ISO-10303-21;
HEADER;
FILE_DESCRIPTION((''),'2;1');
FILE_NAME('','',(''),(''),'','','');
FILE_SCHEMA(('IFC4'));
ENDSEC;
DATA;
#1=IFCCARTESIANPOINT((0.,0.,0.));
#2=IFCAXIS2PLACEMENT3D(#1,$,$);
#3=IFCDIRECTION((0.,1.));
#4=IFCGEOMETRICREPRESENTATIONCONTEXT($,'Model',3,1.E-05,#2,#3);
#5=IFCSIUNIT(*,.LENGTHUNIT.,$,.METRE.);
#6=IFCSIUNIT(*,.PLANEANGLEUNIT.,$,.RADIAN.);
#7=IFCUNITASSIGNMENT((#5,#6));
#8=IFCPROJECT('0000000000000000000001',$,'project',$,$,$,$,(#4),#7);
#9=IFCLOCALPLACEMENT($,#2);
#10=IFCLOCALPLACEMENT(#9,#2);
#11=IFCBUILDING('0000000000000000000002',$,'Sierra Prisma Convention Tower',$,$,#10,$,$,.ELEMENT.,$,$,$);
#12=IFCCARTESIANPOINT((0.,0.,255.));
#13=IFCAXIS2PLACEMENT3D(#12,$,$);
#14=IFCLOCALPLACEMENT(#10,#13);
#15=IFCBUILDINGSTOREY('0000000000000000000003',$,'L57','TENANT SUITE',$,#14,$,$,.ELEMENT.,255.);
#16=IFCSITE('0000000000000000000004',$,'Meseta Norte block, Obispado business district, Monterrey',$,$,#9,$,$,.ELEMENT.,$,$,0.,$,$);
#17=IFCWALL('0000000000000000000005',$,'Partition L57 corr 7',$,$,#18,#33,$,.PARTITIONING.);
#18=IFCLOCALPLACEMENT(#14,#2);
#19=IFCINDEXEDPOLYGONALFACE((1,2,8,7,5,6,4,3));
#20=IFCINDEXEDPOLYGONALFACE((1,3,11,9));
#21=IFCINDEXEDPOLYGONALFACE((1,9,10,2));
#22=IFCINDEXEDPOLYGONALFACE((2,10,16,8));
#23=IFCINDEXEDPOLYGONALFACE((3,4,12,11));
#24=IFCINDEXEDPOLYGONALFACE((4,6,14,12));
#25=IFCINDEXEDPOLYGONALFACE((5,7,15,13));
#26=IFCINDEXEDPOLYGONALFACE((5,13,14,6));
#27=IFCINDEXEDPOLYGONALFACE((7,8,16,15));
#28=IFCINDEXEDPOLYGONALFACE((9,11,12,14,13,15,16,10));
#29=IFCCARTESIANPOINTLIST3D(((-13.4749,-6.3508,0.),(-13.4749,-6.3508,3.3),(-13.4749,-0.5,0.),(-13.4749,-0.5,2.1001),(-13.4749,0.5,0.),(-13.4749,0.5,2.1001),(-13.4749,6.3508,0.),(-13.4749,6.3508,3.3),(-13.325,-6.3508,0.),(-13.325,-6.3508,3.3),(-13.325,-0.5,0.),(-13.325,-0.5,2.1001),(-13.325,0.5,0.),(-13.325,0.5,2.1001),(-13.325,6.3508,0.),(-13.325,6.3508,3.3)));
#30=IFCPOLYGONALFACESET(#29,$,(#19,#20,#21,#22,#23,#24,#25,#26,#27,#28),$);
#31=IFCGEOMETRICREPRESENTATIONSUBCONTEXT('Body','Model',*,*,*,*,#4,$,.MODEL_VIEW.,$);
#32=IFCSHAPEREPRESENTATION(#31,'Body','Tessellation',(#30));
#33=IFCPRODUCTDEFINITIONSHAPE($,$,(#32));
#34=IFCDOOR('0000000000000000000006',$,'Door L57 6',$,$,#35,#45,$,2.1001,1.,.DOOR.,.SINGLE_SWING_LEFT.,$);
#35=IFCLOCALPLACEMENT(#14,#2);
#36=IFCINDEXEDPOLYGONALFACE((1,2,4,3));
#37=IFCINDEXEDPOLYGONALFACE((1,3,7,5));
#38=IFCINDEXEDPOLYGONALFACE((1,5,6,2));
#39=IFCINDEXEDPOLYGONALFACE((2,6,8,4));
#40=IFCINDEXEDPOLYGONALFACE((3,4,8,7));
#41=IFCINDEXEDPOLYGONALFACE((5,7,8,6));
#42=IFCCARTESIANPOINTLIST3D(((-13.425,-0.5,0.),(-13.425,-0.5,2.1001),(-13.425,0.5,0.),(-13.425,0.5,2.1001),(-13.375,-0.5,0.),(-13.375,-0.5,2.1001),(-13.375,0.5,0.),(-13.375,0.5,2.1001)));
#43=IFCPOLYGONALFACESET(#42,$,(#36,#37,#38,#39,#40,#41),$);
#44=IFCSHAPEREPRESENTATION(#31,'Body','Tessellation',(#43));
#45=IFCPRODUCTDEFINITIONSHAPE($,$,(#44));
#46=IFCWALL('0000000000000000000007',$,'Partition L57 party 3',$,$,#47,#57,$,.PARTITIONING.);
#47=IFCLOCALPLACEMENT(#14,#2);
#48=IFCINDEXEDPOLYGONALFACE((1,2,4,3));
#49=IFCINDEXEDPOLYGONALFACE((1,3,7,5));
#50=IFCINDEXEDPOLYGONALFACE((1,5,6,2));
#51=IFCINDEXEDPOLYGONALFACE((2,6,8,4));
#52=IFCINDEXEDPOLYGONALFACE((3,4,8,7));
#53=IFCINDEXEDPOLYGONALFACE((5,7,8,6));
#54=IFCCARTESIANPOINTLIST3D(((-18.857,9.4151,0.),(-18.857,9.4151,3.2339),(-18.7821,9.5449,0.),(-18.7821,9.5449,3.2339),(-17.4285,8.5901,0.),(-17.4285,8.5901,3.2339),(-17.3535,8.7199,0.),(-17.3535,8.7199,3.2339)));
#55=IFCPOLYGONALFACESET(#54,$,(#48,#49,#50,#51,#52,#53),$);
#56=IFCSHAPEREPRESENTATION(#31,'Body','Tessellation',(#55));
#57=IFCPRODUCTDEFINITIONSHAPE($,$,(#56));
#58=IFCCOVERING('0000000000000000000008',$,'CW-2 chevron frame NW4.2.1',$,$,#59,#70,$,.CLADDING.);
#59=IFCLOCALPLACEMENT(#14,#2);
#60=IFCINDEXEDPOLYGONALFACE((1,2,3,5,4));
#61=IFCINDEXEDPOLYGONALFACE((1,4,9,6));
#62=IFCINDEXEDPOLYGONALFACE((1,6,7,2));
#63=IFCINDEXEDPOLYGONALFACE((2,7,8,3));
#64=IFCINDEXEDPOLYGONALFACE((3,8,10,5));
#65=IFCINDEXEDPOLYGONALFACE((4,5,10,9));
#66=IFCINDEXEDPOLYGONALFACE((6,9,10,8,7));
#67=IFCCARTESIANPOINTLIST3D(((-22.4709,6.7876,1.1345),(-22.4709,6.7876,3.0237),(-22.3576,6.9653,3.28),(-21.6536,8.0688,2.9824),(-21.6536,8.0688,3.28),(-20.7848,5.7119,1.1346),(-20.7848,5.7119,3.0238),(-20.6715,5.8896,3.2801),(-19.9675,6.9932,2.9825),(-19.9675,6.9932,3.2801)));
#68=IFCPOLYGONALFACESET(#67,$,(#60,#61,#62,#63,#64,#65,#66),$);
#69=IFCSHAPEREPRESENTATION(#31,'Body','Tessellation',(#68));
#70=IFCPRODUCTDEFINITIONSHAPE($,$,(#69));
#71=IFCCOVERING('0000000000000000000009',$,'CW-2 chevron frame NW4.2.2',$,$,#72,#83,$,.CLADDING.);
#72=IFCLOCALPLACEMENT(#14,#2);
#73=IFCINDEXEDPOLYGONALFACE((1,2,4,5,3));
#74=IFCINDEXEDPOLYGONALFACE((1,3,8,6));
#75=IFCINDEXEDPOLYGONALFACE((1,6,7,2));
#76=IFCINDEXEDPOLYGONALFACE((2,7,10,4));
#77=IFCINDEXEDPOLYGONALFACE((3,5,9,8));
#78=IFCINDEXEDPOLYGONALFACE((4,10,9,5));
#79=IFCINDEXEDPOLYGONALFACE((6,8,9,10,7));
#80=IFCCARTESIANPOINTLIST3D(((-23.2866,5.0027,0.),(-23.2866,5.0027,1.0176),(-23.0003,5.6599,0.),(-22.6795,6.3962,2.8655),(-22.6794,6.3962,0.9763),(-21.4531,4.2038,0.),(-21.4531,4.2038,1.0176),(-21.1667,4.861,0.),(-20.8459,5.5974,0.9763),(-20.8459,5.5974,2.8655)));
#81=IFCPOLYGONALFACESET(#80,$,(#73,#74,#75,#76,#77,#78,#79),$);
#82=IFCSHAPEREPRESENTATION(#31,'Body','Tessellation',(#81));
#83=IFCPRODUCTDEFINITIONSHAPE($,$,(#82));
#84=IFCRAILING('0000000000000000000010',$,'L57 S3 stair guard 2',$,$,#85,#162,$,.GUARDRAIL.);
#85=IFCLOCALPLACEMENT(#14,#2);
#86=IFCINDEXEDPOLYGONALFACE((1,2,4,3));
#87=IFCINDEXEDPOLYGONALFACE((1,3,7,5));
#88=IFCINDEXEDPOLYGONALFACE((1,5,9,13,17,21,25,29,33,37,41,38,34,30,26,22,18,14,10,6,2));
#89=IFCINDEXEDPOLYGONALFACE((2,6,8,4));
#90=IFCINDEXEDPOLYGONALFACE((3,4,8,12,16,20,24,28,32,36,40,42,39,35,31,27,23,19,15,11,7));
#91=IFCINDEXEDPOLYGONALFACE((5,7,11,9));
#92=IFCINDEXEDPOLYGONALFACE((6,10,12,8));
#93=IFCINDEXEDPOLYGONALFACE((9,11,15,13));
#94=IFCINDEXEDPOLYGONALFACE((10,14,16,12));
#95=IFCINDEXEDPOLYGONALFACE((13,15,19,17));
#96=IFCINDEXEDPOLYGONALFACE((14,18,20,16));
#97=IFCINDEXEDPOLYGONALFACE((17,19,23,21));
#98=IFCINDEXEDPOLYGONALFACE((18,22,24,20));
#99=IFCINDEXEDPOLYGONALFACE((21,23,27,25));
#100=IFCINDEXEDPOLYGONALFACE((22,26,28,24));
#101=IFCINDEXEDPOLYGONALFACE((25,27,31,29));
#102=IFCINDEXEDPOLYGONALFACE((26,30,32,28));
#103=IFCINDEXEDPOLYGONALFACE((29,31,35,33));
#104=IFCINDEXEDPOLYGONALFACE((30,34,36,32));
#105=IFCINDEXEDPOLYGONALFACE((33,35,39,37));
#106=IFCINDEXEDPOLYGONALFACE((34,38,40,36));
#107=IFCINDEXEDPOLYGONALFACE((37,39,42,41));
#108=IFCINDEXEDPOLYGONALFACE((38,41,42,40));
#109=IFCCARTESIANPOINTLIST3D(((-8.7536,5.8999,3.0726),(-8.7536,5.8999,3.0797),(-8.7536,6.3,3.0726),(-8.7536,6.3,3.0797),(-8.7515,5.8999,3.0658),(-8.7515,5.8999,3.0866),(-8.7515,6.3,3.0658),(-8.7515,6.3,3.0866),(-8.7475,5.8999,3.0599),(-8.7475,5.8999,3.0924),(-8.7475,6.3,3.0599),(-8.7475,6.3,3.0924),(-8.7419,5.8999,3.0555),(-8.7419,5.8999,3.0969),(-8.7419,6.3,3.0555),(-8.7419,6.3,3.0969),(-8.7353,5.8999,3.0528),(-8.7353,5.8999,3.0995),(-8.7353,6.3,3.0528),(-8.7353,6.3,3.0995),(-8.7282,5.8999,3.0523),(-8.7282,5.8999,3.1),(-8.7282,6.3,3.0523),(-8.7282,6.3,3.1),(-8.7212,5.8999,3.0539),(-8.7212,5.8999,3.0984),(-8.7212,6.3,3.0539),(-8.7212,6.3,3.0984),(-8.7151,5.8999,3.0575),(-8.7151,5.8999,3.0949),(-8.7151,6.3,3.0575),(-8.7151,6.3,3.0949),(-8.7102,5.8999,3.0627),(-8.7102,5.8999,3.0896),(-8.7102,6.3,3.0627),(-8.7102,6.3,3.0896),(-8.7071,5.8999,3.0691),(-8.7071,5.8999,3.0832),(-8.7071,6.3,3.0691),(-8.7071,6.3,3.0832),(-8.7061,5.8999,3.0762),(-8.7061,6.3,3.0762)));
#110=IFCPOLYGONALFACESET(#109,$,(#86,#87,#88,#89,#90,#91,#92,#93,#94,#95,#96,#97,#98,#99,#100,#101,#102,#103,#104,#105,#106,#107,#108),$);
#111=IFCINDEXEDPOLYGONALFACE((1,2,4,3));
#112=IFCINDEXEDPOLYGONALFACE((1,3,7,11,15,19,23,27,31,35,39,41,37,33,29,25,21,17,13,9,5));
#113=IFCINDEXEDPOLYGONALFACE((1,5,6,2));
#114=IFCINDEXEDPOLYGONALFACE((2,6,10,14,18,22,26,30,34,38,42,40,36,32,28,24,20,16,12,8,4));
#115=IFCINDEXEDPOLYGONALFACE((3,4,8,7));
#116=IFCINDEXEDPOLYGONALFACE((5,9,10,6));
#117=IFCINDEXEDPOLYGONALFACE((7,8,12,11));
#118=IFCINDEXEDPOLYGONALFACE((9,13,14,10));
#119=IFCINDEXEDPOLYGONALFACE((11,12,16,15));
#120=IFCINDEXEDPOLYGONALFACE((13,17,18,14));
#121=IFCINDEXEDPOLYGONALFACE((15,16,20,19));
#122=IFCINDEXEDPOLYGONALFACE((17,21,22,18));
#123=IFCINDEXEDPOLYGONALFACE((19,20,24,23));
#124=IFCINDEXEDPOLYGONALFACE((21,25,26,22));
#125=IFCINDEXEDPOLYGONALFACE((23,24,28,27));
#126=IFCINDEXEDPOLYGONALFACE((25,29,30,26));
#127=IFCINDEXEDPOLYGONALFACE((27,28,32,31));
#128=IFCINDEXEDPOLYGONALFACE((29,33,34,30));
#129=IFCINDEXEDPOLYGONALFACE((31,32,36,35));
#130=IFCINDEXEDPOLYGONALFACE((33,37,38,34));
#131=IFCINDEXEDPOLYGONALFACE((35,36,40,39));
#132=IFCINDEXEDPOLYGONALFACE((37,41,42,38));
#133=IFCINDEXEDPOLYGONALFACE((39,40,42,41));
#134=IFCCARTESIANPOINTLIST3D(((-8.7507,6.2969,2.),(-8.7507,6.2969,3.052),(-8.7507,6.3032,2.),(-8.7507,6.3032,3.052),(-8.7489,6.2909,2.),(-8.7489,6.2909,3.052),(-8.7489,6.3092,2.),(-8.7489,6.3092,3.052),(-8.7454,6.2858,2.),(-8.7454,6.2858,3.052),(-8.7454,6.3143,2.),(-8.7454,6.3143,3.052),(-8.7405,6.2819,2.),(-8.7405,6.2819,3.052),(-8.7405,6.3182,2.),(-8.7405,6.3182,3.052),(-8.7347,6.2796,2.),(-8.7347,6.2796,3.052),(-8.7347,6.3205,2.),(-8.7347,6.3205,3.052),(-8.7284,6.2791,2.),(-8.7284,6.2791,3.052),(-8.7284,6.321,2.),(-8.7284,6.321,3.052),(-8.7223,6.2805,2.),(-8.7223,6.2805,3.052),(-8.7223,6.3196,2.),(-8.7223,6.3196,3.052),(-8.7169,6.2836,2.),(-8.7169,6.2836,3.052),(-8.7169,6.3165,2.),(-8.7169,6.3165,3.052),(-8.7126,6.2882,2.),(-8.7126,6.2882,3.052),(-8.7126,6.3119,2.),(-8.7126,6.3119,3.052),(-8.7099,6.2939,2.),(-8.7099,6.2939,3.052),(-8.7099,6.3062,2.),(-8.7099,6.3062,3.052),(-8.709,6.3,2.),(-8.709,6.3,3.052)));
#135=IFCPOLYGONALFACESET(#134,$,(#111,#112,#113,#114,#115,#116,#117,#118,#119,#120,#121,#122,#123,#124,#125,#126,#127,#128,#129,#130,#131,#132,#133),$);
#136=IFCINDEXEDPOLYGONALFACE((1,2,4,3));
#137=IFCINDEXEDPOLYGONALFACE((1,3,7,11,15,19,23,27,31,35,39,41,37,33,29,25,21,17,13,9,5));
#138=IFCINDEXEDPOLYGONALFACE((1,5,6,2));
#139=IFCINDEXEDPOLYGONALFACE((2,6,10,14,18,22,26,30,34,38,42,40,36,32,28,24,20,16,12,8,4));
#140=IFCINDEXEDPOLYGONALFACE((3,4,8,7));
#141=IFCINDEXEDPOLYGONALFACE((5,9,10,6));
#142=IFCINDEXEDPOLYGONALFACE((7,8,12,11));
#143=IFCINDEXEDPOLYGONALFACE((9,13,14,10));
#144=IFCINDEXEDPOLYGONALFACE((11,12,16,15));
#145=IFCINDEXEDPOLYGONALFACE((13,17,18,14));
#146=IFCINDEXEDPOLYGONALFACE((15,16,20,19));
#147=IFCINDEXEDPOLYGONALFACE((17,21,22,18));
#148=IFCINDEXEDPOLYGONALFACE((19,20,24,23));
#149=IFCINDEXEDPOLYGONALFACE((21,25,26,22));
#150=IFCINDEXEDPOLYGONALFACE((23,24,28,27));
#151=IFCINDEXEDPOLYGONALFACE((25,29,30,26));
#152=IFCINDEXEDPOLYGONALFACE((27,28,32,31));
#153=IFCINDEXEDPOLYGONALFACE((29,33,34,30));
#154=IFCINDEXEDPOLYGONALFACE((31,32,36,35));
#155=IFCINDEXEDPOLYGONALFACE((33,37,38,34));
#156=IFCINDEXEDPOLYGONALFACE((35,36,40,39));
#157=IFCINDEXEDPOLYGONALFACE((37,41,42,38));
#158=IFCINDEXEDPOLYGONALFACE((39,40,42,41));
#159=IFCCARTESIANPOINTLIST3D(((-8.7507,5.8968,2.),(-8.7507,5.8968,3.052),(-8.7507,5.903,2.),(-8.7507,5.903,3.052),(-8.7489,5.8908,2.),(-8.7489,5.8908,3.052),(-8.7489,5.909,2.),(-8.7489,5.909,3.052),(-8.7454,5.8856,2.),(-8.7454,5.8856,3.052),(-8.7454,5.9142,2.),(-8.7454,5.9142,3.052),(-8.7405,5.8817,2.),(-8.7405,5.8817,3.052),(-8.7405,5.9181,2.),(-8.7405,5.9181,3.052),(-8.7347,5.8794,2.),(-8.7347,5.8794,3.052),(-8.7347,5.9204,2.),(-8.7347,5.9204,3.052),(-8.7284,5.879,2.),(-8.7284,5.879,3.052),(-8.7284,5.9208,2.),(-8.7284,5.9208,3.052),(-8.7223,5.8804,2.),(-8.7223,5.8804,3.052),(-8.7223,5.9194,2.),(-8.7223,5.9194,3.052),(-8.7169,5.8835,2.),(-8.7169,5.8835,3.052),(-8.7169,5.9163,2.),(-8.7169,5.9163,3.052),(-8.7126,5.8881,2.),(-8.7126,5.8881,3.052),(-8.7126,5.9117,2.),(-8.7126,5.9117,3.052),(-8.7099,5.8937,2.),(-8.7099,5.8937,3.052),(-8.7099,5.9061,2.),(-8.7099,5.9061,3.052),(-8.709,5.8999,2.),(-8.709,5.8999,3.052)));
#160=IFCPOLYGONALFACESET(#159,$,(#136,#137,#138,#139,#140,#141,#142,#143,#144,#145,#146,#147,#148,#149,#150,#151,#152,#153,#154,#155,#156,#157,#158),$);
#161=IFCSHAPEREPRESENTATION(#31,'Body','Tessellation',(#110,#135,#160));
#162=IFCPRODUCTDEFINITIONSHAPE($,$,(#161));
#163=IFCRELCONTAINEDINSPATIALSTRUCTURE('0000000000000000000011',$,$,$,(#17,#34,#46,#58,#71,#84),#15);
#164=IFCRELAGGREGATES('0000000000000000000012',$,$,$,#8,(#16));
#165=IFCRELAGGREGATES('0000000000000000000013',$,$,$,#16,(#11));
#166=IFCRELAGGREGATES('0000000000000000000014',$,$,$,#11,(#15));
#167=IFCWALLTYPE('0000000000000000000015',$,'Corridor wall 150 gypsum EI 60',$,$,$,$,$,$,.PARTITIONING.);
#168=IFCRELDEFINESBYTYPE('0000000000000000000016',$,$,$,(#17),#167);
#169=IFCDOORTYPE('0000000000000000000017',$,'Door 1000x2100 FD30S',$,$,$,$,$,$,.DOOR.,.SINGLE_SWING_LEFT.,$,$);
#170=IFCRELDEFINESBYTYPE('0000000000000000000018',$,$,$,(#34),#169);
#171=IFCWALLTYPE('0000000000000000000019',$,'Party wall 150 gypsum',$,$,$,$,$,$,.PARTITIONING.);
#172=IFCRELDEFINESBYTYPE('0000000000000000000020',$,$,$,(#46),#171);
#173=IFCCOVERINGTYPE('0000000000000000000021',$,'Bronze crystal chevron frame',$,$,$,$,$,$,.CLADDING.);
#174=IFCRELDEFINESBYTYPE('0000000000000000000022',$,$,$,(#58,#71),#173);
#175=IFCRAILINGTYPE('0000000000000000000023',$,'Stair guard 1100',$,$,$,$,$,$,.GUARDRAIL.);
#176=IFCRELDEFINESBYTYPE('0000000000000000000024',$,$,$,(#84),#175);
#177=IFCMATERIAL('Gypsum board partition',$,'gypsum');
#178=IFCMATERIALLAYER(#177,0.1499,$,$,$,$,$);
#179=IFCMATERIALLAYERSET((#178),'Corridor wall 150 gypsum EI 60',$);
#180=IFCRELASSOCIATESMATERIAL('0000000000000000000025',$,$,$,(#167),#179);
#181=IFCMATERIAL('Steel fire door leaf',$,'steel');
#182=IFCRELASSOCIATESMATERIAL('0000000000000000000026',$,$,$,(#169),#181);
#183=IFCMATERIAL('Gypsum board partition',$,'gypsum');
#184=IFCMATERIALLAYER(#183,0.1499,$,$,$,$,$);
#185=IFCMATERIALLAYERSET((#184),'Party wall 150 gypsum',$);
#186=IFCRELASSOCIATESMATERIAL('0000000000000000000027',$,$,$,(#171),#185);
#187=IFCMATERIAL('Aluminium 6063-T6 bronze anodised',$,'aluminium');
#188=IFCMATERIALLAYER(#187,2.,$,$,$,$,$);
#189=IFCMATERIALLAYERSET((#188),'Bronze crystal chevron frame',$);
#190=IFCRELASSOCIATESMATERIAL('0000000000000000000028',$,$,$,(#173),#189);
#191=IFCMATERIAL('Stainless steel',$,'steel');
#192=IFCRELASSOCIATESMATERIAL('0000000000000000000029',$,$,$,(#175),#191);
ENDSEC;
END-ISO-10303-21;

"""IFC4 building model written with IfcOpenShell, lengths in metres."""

from ifc_helpers import new_model, si_unit, direction, frame, frame_2d, origin, origin_2d, place, context, subcontext, project, spatial, polyline, rectangle, circle, outline, extrude, material, layer, layer_set, type_object, element, fill, save


model = new_model("IFC4")

# Units and contexts
model_context = context("Model", 3, precision=1e-05, world=origin(), true_north=direction((0.0, 1.0)))
body_context = subcontext(model_context, "Body", "Model", "MODEL_VIEW")
ifc_project = project(units=[si_unit("LENGTHUNIT", "METRE"), si_unit("PLANEANGLEUNIT", "RADIAN")], contexts=[model_context])

# Site, building, storey
site_placement = place(None, origin())
site = spatial("IfcSite", under=ifc_project, at=site_placement, Name="Meseta Norte block, Obispado business district, Monterrey", CompositionType="ELEMENT", RefElevation=0.0)
building_placement = place(site_placement, origin())
building = spatial("IfcBuilding", under=site, at=building_placement, Name="Sierra Prisma Convention Tower", CompositionType="ELEMENT")
storey_placement = place(building_placement, frame((0.0, 0.0, 255.0)))
storey = spatial("IfcBuildingStorey", under=building, at=storey_placement, Name="L57", Description="TENANT SUITE", CompositionType="ELEMENT", Elevation=255.0)

# Shared definitions
ifc_material_1 = material(Name="Gypsum board partition", Category="gypsum")
ifc_layer_1 = layer(ifc_material_1, 0.1499)
ifc_layer_set_1 = layer_set([ifc_layer_1], Name="Corridor wall 150 gypsum EI 60")
wall_type_1 = type_object("IfcWallType", Name="Corridor wall 150 gypsum EI 60", PredefinedType="PARTITIONING", material=ifc_layer_set_1)

# Wall, opening, door
wall_1_placement = place(storey_placement, frame((-13.3999, 6.3508, 0.0), z_axis=(0.0, 0.0, 1.0), x_axis=(0.0, -1.0, 0.0)))
wall_1 = element("IfcWall", 1, at=wall_1_placement, inside=storey, type_object=wall_type_1, Name="Partition L57 corr 7", PredefinedType="PARTITIONING", context=body_context, shape_type="SweptSolid", body=[
    extrude(rectangle(XDim=12.7017, YDim=0.1499, at=frame_2d((6.3508, 0.0))), origin(), (0.0, 0.0, 1.0), 3.3),
])
opening_1_placement = place(wall_1_placement, frame((5.8508, 0.0, 0.0)))
opening_1 = element("IfcOpeningElement", 2, at=opening_1_placement, cuts=wall_1, PredefinedType="OPENING", context=body_context, shape_type="SweptSolid", body=[
    extrude(rectangle(XDim=1.0, YDim=2.1001, at=frame_2d((0.5, 1.05))), frame((0.0, 0.075, 0.0), z_axis=(0.0, -1.0, 0.0), x_axis=(1.0, 0.0, 0.0)), (0.0, 0.0, 1.0), 0.1499),
])
ifc_material_2 = material(Name="Steel fire door leaf", Category="steel")
door_type_1 = type_object("IfcDoorType", Name="Door 1000x2100 FD30S", OperationType="SINGLE_SWING_LEFT", PredefinedType="DOOR", material=ifc_material_2)
door_1_placement = place(opening_1_placement, origin())
door_1 = element("IfcDoor", 3, at=door_1_placement, inside=storey, type_object=door_type_1, Name="Door L57 6", OperationType="SINGLE_SWING_LEFT", OverallHeight=2.1001, OverallWidth=1.0, PredefinedType="DOOR", context=body_context, shape_type="SweptSolid", body=[
    extrude(rectangle(XDim=1.0, YDim=2.1001, at=frame_2d((0.5, 1.05))), frame((0.0, 0.0249, 0.0), z_axis=(0.0, -1.0, 0.0), x_axis=(1.0, 0.0, 0.0)), (0.0, 0.0, 1.0), 0.05),
])
fill(opening_1, door_1)

# Wall
ifc_material_3 = material(Name="Gypsum board partition", Category="gypsum")
ifc_layer_2 = layer(ifc_material_3, 0.1499)
ifc_layer_set_2 = layer_set([ifc_layer_2], Name="Party wall 150 gypsum")
wall_type_2 = type_object("IfcWallType", Name="Party wall 150 gypsum", PredefinedType="PARTITIONING", material=ifc_layer_set_2)
wall_2_placement = place(storey_placement, frame((-17.3911, 8.655, 0.0), z_axis=(0.0, 0.0, 1.0), x_axis=(-0.865966, 0.500103, 0.0)))
element("IfcWall", 4, at=wall_2_placement, inside=storey, type_object=wall_type_2, Name="Partition L57 party 3", PredefinedType="PARTITIONING", context=body_context, shape_type="SweptSolid", body=[
    extrude(rectangle(XDim=1.6497, YDim=0.1499, at=frame_2d((0.8247, 0.0))), origin(), (0.0, 0.0, 1.0), 3.2339),
])

# Coverings
ifc_material_4 = material(Name="Aluminium 6063-T6 bronze anodised", Category="aluminium")
ifc_layer_3 = layer(ifc_material_4, 2.0)
ifc_layer_set_3 = layer_set([ifc_layer_3], Name="Bronze crystal chevron frame")
covering_type = type_object("IfcCoveringType", Name="Bronze crystal chevron frame", PredefinedType="CLADDING", material=ifc_layer_set_3)
covering_1_placement = place(storey_placement, frame((-21.6536, 8.0688, 3.28), z_axis=(-0.843049, 0.537837, -0.000037), x_axis=(0.000031, -0.00002, -1.0)))
element("IfcCovering", 5, at=covering_1_placement, inside=storey, type_object=covering_type, Name="CW-2 chevron frame NW4.2.1", PredefinedType="CLADDING", context=body_context, shape_type="SweptSolid", body=[
    extrude(outline(polyline([(0.0, 0.0), (0.2976, 0.0), (2.1455, 1.5198), (0.2563, 1.5198), (0.0, 1.309), (0.0, 0.0)])), origin(), (0.0, 0.0, -1.0), 2.0),
])
covering_2_placement = place(storey_placement, frame((-23.2866, 5.0027, 0.0), z_axis=(-0.916759, 0.39944, -0.000006), x_axis=(-0.000005, 0.000002, 1.0)))
element("IfcCovering", 6, at=covering_2_placement, inside=storey, type_object=covering_type, Name="CW-2 chevron frame NW4.2.2", PredefinedType="CLADDING", context=body_context, shape_type="SweptSolid", body=[
    extrude(outline(polyline([(0.0, 0.0), (1.0176, 0.0), (2.8655, 1.5201), (0.9763, 1.5201), (0.0, 0.7169), (0.0, 0.0)])), origin(), (0.0, 0.0, -1.0), 2.0),
])

# Railing
ifc_material_5 = material(Name="Stainless steel", Category="steel")
railing_type = type_object("IfcRailingType", Name="Stair guard 1100", PredefinedType="GUARDRAIL", material=ifc_material_5)
railing_placement = place(storey_placement, frame((-8.73, 6.3, 2.0)))
element("IfcRailing", 7, at=railing_placement, inside=storey, type_object=railing_type, Name="L57 S3 stair guard 2", PredefinedType="GUARDRAIL", context=body_context, shape_type="SweptSolid", body=[
    extrude(circle(Radius=0.0239, at=origin_2d()), frame((0.0, 0.0, 1.0762), z_axis=(0.0, -1.0, 0.0), x_axis=(1.0, 0.0, 0.0)), (0.0, 0.0, 1.0), 0.4001),
    extrude(circle(Radius=0.021, at=origin_2d()), origin(), (0.0, 0.0, 1.0), 1.052),
    extrude(circle(Radius=0.021, at=origin_2d()), frame((0.0, -0.4001, 0.0)), (0.0, 0.0, 1.0), 1.052),
])

save(model, "model.ifc")
